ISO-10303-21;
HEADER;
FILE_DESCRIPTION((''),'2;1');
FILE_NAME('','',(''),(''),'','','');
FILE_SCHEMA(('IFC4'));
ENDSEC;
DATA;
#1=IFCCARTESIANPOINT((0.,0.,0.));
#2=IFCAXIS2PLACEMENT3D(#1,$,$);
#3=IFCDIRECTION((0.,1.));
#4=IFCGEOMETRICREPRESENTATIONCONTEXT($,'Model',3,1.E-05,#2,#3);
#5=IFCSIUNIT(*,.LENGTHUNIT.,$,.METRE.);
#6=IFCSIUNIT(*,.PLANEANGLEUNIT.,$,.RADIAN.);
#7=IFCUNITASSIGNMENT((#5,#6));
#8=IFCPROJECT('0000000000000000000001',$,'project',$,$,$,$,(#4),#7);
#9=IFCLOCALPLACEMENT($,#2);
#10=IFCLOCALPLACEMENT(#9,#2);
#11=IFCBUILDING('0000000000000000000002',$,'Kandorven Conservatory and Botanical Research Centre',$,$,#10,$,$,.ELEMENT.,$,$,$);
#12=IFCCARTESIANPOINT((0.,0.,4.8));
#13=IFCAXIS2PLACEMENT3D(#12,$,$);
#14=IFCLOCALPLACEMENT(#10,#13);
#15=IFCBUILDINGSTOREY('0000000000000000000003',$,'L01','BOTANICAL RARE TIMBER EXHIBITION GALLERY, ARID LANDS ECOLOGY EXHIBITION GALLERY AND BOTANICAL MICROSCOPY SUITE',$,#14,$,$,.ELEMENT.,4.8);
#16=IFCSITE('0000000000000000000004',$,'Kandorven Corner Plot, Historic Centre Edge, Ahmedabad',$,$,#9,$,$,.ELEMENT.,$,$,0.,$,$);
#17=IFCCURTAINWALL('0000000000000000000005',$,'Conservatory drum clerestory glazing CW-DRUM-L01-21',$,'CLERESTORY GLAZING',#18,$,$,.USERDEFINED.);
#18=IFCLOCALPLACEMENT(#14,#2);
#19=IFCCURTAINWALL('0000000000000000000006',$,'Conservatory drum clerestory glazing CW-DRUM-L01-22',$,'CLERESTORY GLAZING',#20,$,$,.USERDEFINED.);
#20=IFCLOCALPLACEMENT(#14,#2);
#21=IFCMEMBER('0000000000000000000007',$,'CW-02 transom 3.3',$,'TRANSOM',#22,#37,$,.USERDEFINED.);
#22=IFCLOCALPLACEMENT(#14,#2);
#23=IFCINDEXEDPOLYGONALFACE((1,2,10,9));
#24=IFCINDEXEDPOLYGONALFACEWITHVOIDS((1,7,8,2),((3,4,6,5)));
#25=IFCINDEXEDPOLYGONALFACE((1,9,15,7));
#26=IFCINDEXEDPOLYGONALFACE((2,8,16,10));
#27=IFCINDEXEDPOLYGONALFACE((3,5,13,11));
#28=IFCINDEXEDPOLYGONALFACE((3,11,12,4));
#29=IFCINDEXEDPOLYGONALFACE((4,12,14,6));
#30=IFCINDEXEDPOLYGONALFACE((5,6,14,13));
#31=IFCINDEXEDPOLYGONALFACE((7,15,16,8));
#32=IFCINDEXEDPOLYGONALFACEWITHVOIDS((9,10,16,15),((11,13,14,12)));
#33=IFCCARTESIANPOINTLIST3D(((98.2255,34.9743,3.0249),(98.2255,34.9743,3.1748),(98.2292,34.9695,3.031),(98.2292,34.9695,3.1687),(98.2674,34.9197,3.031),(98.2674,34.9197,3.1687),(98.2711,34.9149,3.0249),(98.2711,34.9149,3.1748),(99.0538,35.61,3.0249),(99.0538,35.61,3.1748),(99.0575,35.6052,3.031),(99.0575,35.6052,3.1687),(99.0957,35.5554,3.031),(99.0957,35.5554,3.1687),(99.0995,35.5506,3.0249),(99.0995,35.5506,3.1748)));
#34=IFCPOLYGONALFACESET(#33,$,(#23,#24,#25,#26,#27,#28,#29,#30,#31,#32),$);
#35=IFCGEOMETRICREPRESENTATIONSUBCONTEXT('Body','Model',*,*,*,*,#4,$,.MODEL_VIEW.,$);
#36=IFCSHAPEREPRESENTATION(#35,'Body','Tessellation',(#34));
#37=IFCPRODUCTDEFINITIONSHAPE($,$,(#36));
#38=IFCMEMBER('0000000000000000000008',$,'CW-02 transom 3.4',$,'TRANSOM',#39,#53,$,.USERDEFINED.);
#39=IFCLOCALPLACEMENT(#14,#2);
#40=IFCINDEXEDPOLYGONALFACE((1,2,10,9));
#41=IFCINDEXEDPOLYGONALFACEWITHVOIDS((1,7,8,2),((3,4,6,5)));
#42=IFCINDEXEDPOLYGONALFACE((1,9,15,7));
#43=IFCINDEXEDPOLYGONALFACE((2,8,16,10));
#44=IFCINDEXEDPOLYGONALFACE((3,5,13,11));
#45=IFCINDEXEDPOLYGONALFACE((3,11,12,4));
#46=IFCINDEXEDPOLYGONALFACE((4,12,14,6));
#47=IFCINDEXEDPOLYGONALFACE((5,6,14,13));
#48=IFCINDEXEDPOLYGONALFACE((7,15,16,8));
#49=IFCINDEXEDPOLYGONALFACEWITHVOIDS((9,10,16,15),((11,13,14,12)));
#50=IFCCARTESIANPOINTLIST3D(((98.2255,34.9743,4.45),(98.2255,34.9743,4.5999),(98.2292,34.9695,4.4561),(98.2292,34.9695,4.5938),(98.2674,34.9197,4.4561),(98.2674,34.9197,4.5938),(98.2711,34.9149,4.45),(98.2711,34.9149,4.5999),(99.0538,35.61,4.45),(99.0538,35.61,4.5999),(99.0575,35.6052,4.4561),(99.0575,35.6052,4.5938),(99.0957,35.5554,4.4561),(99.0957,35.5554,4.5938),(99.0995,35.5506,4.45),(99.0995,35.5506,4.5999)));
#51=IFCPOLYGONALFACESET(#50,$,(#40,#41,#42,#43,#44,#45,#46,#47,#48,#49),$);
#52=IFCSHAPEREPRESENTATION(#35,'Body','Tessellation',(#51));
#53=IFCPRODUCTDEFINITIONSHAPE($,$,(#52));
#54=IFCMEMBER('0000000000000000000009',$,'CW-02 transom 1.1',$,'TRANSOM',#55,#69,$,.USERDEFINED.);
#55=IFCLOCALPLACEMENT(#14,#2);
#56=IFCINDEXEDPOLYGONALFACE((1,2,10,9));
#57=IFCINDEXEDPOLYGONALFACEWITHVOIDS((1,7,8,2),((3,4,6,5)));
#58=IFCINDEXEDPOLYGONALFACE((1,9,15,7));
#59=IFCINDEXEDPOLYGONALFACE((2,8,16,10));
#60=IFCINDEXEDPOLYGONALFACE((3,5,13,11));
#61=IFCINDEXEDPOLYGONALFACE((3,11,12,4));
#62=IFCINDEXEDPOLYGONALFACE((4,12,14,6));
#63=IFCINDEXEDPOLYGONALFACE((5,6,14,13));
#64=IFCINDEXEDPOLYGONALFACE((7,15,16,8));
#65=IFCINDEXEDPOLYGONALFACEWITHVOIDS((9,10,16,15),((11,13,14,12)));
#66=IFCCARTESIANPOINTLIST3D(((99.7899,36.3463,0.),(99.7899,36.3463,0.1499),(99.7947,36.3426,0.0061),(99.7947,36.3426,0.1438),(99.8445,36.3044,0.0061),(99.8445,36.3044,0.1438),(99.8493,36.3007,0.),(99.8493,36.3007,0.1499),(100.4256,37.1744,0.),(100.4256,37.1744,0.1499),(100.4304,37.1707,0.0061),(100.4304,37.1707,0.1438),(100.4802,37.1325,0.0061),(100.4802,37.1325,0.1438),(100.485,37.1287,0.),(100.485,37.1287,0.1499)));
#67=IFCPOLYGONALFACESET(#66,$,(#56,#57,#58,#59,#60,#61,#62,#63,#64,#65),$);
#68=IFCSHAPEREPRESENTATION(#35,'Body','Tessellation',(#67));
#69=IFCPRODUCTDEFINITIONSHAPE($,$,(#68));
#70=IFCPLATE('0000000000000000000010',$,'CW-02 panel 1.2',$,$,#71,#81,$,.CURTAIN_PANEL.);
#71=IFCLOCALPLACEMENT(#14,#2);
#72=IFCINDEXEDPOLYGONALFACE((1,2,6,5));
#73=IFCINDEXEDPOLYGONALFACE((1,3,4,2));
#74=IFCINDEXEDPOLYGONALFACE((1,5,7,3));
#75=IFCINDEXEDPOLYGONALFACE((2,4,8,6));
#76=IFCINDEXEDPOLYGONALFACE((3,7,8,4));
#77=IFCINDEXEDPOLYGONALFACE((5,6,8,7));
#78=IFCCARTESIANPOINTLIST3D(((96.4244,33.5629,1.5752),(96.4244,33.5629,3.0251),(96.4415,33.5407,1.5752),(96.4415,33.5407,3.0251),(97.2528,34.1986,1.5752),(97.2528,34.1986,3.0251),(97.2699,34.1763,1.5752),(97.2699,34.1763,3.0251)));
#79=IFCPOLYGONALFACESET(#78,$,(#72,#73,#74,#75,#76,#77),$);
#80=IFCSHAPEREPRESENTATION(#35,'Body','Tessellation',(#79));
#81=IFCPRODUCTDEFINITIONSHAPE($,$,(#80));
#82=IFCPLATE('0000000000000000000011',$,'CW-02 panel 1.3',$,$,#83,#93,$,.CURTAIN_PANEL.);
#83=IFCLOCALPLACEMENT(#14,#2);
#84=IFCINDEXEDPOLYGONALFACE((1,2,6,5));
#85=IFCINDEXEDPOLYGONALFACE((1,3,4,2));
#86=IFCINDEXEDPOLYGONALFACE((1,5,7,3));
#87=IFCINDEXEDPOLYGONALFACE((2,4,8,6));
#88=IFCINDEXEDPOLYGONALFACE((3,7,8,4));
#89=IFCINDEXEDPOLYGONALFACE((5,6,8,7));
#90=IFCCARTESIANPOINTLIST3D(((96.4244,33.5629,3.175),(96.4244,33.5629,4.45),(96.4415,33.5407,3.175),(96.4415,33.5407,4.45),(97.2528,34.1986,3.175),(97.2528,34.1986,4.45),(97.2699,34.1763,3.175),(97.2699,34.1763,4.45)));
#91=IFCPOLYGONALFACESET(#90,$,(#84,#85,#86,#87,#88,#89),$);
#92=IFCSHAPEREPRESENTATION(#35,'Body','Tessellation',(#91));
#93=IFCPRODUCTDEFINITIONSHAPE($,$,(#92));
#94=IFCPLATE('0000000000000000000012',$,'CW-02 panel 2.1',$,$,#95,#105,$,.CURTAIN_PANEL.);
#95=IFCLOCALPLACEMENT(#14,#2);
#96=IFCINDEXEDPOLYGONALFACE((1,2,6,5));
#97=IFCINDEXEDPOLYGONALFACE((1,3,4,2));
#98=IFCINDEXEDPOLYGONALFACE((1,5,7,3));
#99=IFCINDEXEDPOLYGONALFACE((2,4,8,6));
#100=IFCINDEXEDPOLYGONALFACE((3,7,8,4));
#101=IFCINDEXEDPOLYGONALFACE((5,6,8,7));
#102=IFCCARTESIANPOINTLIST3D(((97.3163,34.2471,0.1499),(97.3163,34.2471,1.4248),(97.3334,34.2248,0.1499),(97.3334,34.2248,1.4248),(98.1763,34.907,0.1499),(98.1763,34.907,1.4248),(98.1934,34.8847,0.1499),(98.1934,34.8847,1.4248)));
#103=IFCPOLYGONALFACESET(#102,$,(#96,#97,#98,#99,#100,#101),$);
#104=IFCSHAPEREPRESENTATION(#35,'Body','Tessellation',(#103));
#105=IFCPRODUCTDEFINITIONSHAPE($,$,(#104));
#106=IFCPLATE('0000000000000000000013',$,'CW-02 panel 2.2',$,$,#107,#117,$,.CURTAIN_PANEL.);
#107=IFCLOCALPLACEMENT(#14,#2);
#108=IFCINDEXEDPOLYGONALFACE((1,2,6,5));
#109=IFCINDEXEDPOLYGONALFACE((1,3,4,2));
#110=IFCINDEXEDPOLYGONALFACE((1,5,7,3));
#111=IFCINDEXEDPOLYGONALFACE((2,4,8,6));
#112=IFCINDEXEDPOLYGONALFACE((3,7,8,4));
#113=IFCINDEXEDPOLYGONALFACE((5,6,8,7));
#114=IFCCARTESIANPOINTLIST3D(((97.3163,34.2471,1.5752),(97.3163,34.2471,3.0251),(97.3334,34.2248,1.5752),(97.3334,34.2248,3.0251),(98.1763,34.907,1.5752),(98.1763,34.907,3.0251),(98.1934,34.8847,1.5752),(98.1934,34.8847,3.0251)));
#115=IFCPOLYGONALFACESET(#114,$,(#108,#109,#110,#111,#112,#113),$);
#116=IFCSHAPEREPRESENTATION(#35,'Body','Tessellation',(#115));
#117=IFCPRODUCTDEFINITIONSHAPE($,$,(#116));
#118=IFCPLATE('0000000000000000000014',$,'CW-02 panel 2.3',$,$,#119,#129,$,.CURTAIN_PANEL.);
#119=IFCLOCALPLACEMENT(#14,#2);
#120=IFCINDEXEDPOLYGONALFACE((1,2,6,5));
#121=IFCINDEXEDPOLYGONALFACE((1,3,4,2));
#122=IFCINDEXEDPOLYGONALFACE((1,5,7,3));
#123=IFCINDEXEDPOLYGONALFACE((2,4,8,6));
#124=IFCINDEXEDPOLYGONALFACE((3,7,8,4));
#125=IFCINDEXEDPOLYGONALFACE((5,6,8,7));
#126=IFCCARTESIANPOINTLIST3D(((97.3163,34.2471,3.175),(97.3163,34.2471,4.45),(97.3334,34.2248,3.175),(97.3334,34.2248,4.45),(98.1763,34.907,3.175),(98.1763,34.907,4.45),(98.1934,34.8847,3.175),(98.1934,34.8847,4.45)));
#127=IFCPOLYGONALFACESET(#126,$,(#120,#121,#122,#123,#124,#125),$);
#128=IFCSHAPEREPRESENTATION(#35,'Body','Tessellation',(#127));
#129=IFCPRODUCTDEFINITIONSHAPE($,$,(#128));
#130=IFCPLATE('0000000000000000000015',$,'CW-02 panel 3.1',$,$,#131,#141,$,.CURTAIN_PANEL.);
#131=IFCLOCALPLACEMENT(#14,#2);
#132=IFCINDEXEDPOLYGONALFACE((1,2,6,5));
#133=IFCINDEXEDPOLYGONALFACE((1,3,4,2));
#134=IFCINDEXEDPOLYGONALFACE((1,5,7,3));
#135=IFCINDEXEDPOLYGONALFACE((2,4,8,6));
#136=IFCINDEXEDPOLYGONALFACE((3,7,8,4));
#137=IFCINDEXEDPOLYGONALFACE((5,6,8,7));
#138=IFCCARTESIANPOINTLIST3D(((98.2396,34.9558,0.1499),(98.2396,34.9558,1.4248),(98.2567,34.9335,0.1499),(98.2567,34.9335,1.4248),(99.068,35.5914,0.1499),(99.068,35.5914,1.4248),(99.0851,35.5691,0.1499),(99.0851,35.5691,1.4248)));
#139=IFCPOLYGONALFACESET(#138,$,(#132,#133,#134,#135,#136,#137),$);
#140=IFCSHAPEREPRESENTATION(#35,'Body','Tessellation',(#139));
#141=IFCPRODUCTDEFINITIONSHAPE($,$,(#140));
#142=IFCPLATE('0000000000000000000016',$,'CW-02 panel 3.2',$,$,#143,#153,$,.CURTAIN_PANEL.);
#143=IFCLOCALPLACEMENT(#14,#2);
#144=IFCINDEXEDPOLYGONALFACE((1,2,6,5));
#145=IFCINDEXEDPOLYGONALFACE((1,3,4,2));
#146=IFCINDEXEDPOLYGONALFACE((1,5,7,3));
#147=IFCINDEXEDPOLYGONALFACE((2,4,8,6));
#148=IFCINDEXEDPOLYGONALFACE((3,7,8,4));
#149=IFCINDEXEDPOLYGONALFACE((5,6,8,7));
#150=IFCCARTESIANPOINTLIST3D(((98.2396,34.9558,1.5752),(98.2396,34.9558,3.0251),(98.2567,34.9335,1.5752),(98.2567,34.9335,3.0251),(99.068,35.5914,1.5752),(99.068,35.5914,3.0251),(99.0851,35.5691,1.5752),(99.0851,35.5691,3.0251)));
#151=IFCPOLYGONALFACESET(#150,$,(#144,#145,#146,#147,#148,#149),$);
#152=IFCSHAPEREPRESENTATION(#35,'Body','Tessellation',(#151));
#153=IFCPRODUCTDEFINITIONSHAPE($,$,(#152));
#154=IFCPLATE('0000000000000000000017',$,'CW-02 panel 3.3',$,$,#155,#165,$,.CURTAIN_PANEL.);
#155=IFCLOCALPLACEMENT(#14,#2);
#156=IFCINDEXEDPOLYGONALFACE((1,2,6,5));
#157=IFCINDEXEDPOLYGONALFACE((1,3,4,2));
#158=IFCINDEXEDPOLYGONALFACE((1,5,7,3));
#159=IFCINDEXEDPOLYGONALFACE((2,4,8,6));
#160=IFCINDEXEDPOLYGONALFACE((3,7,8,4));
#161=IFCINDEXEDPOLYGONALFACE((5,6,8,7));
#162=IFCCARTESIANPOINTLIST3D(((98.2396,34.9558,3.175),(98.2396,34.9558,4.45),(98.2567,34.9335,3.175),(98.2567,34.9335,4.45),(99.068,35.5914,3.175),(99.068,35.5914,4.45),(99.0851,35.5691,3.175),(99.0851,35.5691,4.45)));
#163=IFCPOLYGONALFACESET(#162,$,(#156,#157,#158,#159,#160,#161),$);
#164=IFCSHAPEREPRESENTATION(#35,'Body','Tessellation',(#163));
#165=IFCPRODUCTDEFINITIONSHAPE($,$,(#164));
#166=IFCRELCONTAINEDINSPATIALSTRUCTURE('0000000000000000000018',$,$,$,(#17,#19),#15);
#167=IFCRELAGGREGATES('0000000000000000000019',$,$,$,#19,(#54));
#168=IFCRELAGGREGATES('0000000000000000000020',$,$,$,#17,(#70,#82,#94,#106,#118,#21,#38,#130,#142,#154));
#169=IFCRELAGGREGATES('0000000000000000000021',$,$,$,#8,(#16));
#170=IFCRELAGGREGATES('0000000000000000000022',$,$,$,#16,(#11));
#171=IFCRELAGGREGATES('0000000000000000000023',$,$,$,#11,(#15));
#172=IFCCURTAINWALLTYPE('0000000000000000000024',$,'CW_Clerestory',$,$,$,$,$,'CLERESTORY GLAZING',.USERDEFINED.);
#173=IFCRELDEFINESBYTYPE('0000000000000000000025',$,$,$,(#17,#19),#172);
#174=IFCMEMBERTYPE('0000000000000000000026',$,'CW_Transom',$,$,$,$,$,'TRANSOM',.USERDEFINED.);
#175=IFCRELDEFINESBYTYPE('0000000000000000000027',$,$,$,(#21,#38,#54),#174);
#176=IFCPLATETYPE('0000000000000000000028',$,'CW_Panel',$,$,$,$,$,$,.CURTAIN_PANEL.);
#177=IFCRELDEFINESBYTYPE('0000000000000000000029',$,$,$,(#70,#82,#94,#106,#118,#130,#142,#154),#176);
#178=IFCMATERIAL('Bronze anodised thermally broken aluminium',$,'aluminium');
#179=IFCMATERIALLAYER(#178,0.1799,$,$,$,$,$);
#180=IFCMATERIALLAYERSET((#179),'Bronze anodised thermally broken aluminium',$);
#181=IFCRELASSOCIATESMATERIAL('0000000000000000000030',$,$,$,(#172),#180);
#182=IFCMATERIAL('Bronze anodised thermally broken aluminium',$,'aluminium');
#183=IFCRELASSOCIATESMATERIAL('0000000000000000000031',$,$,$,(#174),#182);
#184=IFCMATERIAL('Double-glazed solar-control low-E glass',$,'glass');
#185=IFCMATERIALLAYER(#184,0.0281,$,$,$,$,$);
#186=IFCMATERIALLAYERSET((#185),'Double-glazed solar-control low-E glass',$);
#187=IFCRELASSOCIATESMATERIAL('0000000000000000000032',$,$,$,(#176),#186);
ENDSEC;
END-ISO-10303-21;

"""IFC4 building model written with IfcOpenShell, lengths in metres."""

from ifc_helpers import new_model, si_unit, direction, frame, origin, origin_2d, place, context, subcontext, project, spatial, rectangle, hollow_rectangle, extrude, material, layer, layer_set, material_profile, profile_set, type_object, element, aggregate, save


model = new_model("IFC4")

# Units and contexts
model_context = context("Model", 3, precision=1e-05, world=origin(), true_north=direction((0.0, 1.0)))
body_context = subcontext(model_context, "Body", "Model", "MODEL_VIEW")
ifc_project = project(units=[si_unit("LENGTHUNIT", "METRE"), si_unit("PLANEANGLEUNIT", "RADIAN")], contexts=[model_context])

# Site, building, storey
site_placement = place(None, origin())
site = spatial("IfcSite", under=ifc_project, at=site_placement, Name="Kandorven Corner Plot, Historic Centre Edge, Ahmedabad", CompositionType="ELEMENT", RefElevation=0.0)
building_placement = place(site_placement, origin())
building = spatial("IfcBuilding", under=site, at=building_placement, Name="Kandorven Conservatory and Botanical Research Centre", CompositionType="ELEMENT")
storey_placement = place(building_placement, frame((0.0, 0.0, 4.8)))
storey = spatial("IfcBuildingStorey", under=building, at=storey_placement, Name="L01", Description="BOTANICAL RARE TIMBER EXHIBITION GALLERY, ARID LANDS ECOLOGY EXHIBITION GALLERY AND BOTANICAL MICROSCOPY SUITE", CompositionType="ELEMENT", Elevation=4.8)

# Curtain wall
ifc_material_1 = material(Name="Bronze anodised thermally broken aluminium", Category="aluminium")
ifc_layer_1 = layer(ifc_material_1, 0.1799)
ifc_layer_set_1 = layer_set([ifc_layer_1], Name="Bronze anodised thermally broken aluminium")
curtain_wall_type = type_object("IfcCurtainWallType", Name="CW_Clerestory", ElementType="CLERESTORY GLAZING", PredefinedType="USERDEFINED", material=ifc_layer_set_1)
curtain_wall_1_placement = place(storey_placement, origin())
curtain_wall_1 = element("IfcCurtainWall", 1, at=curtain_wall_1_placement, inside=storey, type_object=curtain_wall_type, Name="Conservatory drum clerestory glazing CW-DRUM-L01-21", ObjectType="CLERESTORY GLAZING", PredefinedType="USERDEFINED")

# Curtain wall
curtain_wall_2_placement = place(storey_placement, origin())
curtain_wall_2 = element("IfcCurtainWall", 2, at=curtain_wall_2_placement, inside=storey, type_object=curtain_wall_type, Name="Conservatory drum clerestory glazing CW-DRUM-L01-22", ObjectType="CLERESTORY GLAZING", PredefinedType="USERDEFINED")

# Members
ifc_material_2 = material(Name="Bronze anodised thermally broken aluminium", Category="aluminium")
ifc_material_profile_1 = material_profile(ifc_material_2, hollow_rectangle(XDim=0.075, YDim=0.1499, WallThickness=0.0061, at=origin_2d()))
ifc_profile_set_1 = profile_set([ifc_material_profile_1], Name="Bronze anodised thermally broken aluminium")
member_type_1 = type_object("IfcMemberType", Name="CW_Transom", ElementType="TRANSOM", PredefinedType="USERDEFINED", material=ifc_profile_set_1)
member_1_placement = place(storey_placement, frame((98.2483, 34.9446, 3.0999), z_axis=(0.793301, 0.608829, 0.0), x_axis=(-0.608829, 0.793301, 0.0)))
member_1 = element("IfcMember", 3, at=member_1_placement, type_object=member_type_1, Name="CW-02 transom 3.3", ObjectType="TRANSOM", PredefinedType="USERDEFINED", context=body_context, shape_type="SweptSolid", body=[
    extrude(hollow_rectangle(XDim=0.075, YDim=0.1499, WallThickness=0.0061, at=origin_2d()), origin(), (0.0, 0.0, 1.0), 1.0442),
])
member_2_placement = place(storey_placement, frame((98.2483, 34.9446, 4.5249), z_axis=(0.793301, 0.608829, 0.0), x_axis=(-0.608829, 0.793301, 0.0)))
member_2 = element("IfcMember", 4, at=member_2_placement, type_object=member_type_1, Name="CW-02 transom 3.4", ObjectType="TRANSOM", PredefinedType="USERDEFINED", context=body_context, shape_type="SweptSolid", body=[
    extrude(hollow_rectangle(XDim=0.075, YDim=0.1499, WallThickness=0.0061, at=origin_2d()), origin(), (0.0, 0.0, 1.0), 1.0442),
])
member_3_placement = place(storey_placement, frame((99.8196, 36.3235, 0.075), z_axis=(0.608942, 0.793215, 0.0), x_axis=(-0.793215, 0.608942, 0.0)))
member_3 = element("IfcMember", 5, at=member_3_placement, type_object=member_type_1, Name="CW-02 transom 1.1", ObjectType="TRANSOM", PredefinedType="USERDEFINED", context=body_context, shape_type="SweptSolid", body=[
    extrude(hollow_rectangle(XDim=0.075, YDim=0.1499, WallThickness=0.0061, at=origin_2d()), origin(), (0.0, 0.0, 1.0), 1.0439),
])
aggregate(curtain_wall_2, [member_3])

# Plates
ifc_material_3 = material(Name="Double-glazed solar-control low-E glass", Category="glass")
ifc_layer_2 = layer(ifc_material_3, 0.0281)
ifc_layer_set_2 = layer_set([ifc_layer_2], Name="Double-glazed solar-control low-E glass")
plate_type = type_object("IfcPlateType", Name="CW_Panel", PredefinedType="CURTAIN_PANEL", material=ifc_layer_set_2)
plate_1_placement = place(storey_placement, frame((96.8472, 33.8696, 1.5752), z_axis=(0.0, 0.0, 1.0), x_axis=(0.793347, 0.608769, 0.0)))
plate_1 = element("IfcPlate", 6, at=plate_1_placement, type_object=plate_type, Name="CW-02 panel 1.2", PredefinedType="CURTAIN_PANEL", context=body_context, shape_type="SweptSolid", body=[
    extrude(rectangle(XDim=1.0442, YDim=0.0281, at=origin_2d()), origin(), (0.0, 0.0, 1.0), 1.45),
])
plate_2_placement = place(storey_placement, frame((96.8472, 33.8696, 3.175), z_axis=(0.0, 0.0, 1.0), x_axis=(0.793347, 0.608769, 0.0)))
plate_2 = element("IfcPlate", 7, at=plate_2_placement, type_object=plate_type, Name="CW-02 panel 1.3", PredefinedType="CURTAIN_PANEL", context=body_context, shape_type="SweptSolid", body=[
    extrude(rectangle(XDim=1.0442, YDim=0.0281, at=origin_2d()), origin(), (0.0, 0.0, 1.0), 1.2749),
])
plate_3_placement = place(storey_placement, frame((97.7549, 34.5659, 0.1499), z_axis=(0.0, 0.0, 1.0), x_axis=(0.793347, 0.608769, 0.0)))
plate_3 = element("IfcPlate", 8, at=plate_3_placement, type_object=plate_type, Name="CW-02 panel 2.1", PredefinedType="CURTAIN_PANEL", context=body_context, shape_type="SweptSolid", body=[
    extrude(rectangle(XDim=1.084, YDim=0.0281, at=origin_2d()), origin(), (0.0, 0.0, 1.0), 1.2749),
])
plate_4_placement = place(storey_placement, frame((97.7549, 34.5659, 1.5752), z_axis=(0.0, 0.0, 1.0), x_axis=(0.793347, 0.608769, 0.0)))
plate_4 = element("IfcPlate", 9, at=plate_4_placement, type_object=plate_type, Name="CW-02 panel 2.2", PredefinedType="CURTAIN_PANEL", context=body_context, shape_type="SweptSolid", body=[
    extrude(rectangle(XDim=1.084, YDim=0.0281, at=origin_2d()), origin(), (0.0, 0.0, 1.0), 1.45),
])
plate_5_placement = place(storey_placement, frame((97.7549, 34.5659, 3.175), z_axis=(0.0, 0.0, 1.0), x_axis=(0.793347, 0.608769, 0.0)))
plate_5 = element("IfcPlate", 10, at=plate_5_placement, type_object=plate_type, Name="CW-02 panel 2.3", PredefinedType="CURTAIN_PANEL", context=body_context, shape_type="SweptSolid", body=[
    extrude(rectangle(XDim=1.084, YDim=0.0281, at=origin_2d()), origin(), (0.0, 0.0, 1.0), 1.2749),
])
plate_6_placement = place(storey_placement, frame((98.6624, 35.2625, 0.1499), z_axis=(0.0, 0.0, 1.0), x_axis=(0.793347, 0.608769, 0.0)))
plate_6 = element("IfcPlate", 11, at=plate_6_placement, type_object=plate_type, Name="CW-02 panel 3.1", PredefinedType="CURTAIN_PANEL", context=body_context, shape_type="SweptSolid", body=[
    extrude(rectangle(XDim=1.0442, YDim=0.0281, at=origin_2d()), origin(), (0.0, 0.0, 1.0), 1.2749),
])
plate_7_placement = place(storey_placement, frame((98.6624, 35.2625, 1.5752), z_axis=(0.0, 0.0, 1.0), x_axis=(0.793347, 0.608769, 0.0)))
plate_7 = element("IfcPlate", 12, at=plate_7_placement, type_object=plate_type, Name="CW-02 panel 3.2", PredefinedType="CURTAIN_PANEL", context=body_context, shape_type="SweptSolid", body=[
    extrude(rectangle(XDim=1.0442, YDim=0.0281, at=origin_2d()), origin(), (0.0, 0.0, 1.0), 1.45),
])
plate_8_placement = place(storey_placement, frame((98.6624, 35.2625, 3.175), z_axis=(0.0, 0.0, 1.0), x_axis=(0.793347, 0.608769, 0.0)))
plate_8 = element("IfcPlate", 13, at=plate_8_placement, type_object=plate_type, Name="CW-02 panel 3.3", PredefinedType="CURTAIN_PANEL", context=body_context, shape_type="SweptSolid", body=[
    extrude(rectangle(XDim=1.0442, YDim=0.0281, at=origin_2d()), origin(), (0.0, 0.0, 1.0), 1.2749),
])
aggregate(curtain_wall_1, [plate_1, plate_2, plate_3, plate_4, plate_5, member_1, member_2, plate_6, plate_7, plate_8])

save(model, "model.ifc")
